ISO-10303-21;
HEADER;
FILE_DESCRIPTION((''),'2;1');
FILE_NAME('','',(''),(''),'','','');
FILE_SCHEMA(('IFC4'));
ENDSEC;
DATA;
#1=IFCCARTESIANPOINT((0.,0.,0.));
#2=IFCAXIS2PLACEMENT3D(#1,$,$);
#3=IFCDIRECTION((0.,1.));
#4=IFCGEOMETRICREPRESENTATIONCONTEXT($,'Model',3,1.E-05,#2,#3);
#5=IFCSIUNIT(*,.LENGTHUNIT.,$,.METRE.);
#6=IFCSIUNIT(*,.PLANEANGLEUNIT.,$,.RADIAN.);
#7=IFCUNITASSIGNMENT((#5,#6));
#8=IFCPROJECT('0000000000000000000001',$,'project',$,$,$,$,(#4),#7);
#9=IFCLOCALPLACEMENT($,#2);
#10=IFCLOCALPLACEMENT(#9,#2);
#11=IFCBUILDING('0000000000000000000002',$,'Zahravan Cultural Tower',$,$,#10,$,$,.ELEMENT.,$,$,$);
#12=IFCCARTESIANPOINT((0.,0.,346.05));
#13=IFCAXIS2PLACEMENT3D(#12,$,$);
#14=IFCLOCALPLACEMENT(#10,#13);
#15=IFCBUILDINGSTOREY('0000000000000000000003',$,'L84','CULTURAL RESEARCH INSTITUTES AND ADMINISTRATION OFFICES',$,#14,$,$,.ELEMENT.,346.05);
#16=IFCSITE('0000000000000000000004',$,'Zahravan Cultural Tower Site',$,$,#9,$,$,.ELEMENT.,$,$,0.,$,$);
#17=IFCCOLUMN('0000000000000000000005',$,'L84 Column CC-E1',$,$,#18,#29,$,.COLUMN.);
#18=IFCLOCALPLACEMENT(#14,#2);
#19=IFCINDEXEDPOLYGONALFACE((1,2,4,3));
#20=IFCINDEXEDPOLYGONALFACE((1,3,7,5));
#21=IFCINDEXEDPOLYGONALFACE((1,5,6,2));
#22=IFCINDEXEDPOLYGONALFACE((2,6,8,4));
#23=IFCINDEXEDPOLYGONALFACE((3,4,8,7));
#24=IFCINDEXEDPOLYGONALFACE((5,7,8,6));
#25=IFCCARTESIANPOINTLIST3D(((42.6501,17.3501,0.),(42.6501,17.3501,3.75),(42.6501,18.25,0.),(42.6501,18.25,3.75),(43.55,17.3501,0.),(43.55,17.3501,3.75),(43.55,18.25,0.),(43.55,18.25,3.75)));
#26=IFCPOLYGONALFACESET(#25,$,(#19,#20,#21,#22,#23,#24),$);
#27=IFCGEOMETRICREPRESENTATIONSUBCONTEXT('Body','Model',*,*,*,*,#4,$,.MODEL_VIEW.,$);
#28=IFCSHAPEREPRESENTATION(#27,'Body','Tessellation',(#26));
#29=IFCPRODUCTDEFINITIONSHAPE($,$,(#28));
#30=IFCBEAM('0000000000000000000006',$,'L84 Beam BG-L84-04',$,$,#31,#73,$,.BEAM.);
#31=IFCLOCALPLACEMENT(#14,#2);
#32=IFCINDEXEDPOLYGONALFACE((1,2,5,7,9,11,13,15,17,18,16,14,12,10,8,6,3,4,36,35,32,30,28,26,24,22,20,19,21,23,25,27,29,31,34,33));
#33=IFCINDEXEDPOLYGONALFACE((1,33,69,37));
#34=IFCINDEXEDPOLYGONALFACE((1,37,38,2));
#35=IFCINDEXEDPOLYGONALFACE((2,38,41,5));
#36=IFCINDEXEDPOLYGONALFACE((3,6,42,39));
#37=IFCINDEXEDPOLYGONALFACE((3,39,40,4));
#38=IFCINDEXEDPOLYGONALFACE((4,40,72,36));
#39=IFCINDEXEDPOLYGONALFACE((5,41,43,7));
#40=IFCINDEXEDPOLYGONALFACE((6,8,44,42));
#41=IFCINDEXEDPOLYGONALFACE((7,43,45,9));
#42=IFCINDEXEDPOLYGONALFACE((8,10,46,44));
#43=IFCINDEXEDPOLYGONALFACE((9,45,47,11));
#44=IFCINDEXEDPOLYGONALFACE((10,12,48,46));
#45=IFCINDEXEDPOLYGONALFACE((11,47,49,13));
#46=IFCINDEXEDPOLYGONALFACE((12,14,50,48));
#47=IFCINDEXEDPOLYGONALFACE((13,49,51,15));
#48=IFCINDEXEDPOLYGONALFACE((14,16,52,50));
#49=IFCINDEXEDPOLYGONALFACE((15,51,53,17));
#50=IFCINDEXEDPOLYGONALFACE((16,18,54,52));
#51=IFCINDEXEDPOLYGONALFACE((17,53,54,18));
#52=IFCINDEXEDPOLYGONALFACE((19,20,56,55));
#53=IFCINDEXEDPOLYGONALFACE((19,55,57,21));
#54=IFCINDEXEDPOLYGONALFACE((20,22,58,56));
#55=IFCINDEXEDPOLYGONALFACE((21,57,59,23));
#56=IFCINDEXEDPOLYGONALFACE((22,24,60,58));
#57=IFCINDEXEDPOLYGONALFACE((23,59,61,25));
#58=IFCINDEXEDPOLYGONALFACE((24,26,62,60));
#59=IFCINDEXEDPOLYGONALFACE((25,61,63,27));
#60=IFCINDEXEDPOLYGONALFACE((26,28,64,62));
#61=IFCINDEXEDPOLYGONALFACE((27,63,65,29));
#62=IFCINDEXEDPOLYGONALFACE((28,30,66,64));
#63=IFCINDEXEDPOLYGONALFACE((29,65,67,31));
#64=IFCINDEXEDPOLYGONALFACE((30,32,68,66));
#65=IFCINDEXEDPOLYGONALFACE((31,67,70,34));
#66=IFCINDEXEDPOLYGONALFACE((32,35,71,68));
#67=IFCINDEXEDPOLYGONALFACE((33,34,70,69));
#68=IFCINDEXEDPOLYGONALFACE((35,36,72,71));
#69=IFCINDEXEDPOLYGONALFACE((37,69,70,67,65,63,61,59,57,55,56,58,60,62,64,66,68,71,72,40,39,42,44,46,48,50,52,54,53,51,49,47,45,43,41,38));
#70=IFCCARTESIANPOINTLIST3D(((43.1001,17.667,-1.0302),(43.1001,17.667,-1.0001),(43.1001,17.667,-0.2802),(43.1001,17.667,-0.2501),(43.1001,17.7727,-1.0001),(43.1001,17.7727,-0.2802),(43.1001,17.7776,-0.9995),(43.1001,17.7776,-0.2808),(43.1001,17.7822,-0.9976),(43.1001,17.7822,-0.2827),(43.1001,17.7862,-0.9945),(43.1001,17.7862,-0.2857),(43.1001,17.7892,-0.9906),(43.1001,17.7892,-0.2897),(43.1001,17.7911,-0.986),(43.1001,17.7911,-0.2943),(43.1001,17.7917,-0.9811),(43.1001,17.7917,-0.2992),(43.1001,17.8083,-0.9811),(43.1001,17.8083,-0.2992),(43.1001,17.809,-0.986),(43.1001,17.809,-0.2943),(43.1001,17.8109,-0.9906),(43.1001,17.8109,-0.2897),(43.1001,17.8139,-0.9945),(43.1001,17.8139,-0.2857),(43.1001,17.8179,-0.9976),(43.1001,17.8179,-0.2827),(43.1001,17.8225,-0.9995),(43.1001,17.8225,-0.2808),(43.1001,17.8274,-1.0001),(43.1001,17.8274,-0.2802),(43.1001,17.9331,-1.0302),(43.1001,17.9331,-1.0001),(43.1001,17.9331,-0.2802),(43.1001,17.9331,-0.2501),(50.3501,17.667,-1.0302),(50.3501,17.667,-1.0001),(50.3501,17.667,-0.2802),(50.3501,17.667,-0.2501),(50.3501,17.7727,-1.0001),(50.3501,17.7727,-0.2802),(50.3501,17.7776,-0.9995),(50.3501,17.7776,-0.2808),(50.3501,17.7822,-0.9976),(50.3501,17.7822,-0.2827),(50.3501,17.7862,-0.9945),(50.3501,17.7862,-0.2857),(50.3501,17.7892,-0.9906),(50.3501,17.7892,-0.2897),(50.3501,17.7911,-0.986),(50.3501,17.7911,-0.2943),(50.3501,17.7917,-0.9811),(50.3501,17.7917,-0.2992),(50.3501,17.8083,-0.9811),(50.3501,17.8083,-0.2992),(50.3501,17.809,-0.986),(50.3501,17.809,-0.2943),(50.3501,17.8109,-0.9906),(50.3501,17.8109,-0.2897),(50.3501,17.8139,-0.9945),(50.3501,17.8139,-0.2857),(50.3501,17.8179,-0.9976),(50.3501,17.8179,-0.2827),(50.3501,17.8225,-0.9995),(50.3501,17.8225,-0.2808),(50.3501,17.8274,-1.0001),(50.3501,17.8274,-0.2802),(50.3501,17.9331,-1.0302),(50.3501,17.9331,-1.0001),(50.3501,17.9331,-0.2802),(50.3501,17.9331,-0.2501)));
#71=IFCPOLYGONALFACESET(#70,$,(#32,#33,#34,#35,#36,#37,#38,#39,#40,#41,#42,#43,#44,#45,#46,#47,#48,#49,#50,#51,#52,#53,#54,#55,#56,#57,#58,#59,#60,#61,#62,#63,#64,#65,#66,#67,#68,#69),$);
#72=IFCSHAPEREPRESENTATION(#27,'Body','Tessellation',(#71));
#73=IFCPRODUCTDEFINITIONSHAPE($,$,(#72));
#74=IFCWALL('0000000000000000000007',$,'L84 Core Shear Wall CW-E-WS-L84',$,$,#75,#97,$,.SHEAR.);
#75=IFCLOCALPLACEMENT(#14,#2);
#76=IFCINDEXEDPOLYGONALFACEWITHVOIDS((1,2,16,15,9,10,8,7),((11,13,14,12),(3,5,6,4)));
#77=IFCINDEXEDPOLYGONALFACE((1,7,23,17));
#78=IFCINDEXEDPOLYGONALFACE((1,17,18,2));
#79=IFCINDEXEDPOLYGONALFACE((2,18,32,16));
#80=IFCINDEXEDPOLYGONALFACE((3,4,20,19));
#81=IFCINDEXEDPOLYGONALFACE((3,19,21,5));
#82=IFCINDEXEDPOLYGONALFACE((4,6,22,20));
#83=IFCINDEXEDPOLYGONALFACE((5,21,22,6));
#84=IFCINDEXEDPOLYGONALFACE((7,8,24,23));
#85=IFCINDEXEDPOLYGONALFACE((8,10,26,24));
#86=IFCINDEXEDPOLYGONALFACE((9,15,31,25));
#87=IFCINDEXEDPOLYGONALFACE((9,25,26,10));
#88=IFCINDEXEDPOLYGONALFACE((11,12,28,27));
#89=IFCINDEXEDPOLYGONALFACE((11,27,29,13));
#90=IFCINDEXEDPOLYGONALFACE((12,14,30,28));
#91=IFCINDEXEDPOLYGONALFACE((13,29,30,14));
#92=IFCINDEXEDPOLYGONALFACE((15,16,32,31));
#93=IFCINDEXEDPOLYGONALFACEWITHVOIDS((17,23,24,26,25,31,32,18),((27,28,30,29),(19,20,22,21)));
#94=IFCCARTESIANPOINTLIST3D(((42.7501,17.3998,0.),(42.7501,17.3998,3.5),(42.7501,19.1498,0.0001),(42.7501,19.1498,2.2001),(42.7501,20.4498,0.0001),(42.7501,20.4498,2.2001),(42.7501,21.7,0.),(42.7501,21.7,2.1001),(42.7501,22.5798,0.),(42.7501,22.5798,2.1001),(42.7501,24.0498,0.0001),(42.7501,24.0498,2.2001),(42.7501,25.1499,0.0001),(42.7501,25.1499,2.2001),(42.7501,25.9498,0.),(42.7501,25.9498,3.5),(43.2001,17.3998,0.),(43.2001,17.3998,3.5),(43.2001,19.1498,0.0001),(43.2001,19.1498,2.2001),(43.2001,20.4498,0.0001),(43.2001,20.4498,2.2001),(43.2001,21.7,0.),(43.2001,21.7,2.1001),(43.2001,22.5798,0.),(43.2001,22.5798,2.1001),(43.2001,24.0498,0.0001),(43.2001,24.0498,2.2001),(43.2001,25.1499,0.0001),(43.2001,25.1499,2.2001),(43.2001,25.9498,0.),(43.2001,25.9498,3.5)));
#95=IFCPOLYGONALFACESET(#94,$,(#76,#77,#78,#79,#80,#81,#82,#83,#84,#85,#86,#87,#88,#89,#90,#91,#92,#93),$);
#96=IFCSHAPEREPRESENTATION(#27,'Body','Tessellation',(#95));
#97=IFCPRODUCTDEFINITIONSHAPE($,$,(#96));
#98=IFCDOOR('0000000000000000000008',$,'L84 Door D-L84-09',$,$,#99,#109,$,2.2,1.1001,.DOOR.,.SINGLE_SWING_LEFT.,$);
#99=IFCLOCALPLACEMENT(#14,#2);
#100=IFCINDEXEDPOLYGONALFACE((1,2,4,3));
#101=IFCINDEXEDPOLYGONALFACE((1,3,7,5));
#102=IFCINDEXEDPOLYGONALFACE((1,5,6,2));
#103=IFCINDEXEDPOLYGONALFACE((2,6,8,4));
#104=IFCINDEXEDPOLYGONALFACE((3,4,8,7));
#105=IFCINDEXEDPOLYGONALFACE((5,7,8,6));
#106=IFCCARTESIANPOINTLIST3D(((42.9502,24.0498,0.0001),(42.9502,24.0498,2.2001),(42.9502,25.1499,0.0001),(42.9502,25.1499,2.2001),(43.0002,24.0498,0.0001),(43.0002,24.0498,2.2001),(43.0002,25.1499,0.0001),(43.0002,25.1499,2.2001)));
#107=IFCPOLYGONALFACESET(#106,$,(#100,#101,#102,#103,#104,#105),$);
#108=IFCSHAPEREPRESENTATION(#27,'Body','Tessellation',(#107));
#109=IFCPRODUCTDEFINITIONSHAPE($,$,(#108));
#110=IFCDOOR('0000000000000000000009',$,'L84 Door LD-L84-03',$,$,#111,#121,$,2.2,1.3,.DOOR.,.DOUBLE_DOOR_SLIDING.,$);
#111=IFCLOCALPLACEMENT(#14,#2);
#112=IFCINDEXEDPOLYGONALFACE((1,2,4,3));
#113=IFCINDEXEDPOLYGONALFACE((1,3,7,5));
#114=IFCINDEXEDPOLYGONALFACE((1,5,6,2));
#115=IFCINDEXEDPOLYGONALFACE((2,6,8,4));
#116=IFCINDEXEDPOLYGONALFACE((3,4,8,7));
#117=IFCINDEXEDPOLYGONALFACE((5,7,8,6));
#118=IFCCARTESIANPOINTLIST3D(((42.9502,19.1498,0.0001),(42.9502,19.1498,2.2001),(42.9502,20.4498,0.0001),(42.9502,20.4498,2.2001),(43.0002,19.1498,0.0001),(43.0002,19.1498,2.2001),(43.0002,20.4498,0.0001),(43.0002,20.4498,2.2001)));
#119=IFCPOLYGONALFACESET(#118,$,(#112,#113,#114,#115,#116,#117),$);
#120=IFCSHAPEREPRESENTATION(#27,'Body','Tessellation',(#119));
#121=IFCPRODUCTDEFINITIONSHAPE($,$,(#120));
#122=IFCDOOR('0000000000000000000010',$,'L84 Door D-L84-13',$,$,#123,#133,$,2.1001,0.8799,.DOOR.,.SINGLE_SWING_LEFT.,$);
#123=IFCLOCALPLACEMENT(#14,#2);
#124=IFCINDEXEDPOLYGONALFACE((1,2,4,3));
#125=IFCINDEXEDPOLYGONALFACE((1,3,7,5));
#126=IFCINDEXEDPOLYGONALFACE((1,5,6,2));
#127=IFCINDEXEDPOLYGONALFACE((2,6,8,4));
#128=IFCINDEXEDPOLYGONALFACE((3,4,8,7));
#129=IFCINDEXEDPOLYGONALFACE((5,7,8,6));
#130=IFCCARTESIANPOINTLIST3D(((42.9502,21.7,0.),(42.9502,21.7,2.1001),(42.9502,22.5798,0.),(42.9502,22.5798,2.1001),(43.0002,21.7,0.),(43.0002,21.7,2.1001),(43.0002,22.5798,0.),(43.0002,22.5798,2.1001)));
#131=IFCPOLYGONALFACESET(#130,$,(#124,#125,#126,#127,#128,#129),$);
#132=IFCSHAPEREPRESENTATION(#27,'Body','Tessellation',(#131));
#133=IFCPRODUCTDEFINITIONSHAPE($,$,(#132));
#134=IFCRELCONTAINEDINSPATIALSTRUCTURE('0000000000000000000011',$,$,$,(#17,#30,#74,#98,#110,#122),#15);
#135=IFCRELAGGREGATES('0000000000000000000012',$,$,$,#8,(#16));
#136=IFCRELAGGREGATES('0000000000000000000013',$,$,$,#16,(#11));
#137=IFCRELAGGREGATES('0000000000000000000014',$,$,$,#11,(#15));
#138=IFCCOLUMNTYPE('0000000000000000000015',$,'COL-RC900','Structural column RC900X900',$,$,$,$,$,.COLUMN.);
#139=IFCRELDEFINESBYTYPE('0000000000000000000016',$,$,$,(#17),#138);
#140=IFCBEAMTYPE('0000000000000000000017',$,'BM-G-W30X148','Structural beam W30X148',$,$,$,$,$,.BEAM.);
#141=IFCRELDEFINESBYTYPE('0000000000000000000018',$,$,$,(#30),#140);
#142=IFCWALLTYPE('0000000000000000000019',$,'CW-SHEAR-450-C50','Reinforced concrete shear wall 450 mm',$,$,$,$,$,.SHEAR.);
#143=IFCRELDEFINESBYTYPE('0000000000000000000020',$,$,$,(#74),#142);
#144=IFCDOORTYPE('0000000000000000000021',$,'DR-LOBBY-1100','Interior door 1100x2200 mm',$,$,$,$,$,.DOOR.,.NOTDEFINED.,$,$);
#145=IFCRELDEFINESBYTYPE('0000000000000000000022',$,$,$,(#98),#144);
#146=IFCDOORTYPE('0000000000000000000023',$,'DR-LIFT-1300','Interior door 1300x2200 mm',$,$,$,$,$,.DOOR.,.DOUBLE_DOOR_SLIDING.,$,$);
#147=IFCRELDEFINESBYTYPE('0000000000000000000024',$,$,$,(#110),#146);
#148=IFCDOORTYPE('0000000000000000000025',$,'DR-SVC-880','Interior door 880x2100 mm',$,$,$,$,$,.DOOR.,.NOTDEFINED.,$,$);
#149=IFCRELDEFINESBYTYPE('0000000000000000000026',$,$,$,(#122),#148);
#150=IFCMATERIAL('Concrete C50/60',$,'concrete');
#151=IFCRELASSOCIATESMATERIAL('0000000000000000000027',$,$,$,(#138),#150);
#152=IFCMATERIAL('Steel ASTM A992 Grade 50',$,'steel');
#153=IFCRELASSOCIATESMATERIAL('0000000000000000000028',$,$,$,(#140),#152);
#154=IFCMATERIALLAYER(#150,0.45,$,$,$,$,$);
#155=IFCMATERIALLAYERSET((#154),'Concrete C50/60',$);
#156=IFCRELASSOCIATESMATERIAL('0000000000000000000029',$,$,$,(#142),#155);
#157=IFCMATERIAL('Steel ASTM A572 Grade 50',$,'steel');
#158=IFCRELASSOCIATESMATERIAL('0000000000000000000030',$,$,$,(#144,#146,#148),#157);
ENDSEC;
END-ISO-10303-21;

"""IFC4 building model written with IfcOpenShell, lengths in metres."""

from ifc_helpers import new_model, si_unit, direction, frame, frame_2d, origin, origin_2d, place, context, subcontext, project, spatial, rectangle, i_section, extrude, source, transform, mapped, material, layer, layer_set, material_profile, profile_set, type_object, element, fill, save


model = new_model("IFC4")

# Units and contexts
model_context = context("Model", 3, precision=1e-05, world=origin(), true_north=direction((0.0, 1.0)))
body_context = subcontext(model_context, "Body", "Model", "MODEL_VIEW")
ifc_project = project(units=[si_unit("LENGTHUNIT", "METRE"), si_unit("PLANEANGLEUNIT", "RADIAN")], contexts=[model_context])

# Site, building, storey
site_placement = place(None, origin())
site = spatial("IfcSite", under=ifc_project, at=site_placement, Name="Zahravan Cultural Tower Site", CompositionType="ELEMENT", RefElevation=0.0)
building_placement = place(site_placement, origin())
building = spatial("IfcBuilding", under=site, at=building_placement, Name="Zahravan Cultural Tower", CompositionType="ELEMENT")
storey_placement = place(building_placement, frame((0.0, 0.0, 346.05)))
storey = spatial("IfcBuildingStorey", under=building, at=storey_placement, Name="L84", Description="CULTURAL RESEARCH INSTITUTES AND ADMINISTRATION OFFICES", CompositionType="ELEMENT", Elevation=346.05)

# Column
ifc_material_1 = material(Name="Concrete C50/60", Category="concrete")
ifc_material_profile_1 = material_profile(ifc_material_1, rectangle(XDim=0.8999, YDim=0.8999, at=origin_2d()), Name="RC900X900")
ifc_profile_set_1 = profile_set([ifc_material_profile_1], Name="Concrete C50/60")
column_type = type_object("IfcColumnType", Name="COL-RC900", Description="Structural column RC900X900", PredefinedType="COLUMN", material=ifc_profile_set_1)
shared_shape_1 = source(origin(), body_context, "Body", "SweptSolid", [
    extrude(rectangle(XDim=0.8999, YDim=0.8999, at=origin_2d()), origin(), (0.0, 0.0, 1.0), 3.75),
])
column_placement = place(storey_placement, frame((43.1001, 17.8, 0.0), z_axis=(0.0, 0.0, 1.0), x_axis=(1.0, 0.0, 0.0)))
element("IfcColumn", 1, at=column_placement, inside=storey, type_object=column_type, Name="L84 Column CC-E1", PredefinedType="COLUMN", context=body_context, shape_type="MappedRepresentation", body=[
    mapped(shared_shape_1, transform((0.0, 0.0, 0.0), x_axis=(1.0, 0.0, 0.0), y_axis=(0.0, 1.0, 0.0), z_axis=(0.0, 0.0, 1.0), scale=1.0)),
])

# Beam
ifc_material_2 = material(Name="Steel ASTM A992 Grade 50", Category="steel")
ifc_material_profile_2 = material_profile(ifc_material_2, i_section(OverallWidth=0.2661, OverallDepth=0.78, WebThickness=0.0166, FlangeThickness=0.03, FilletRadius=0.019, at=origin_2d()), Name="W30X148")
ifc_profile_set_2 = profile_set([ifc_material_profile_2], Name="Steel ASTM A992 Grade 50")
beam_type = type_object("IfcBeamType", Name="BM-G-W30X148", Description="Structural beam W30X148", PredefinedType="BEAM", material=ifc_profile_set_2)
shared_shape_2 = source(origin(), body_context, "Body", "SweptSolid", [
    extrude(i_section(OverallWidth=0.2661, OverallDepth=0.78, WebThickness=0.0166, FlangeThickness=0.03, FilletRadius=0.019, at=origin_2d()), origin(), (0.0, 0.0, 1.0), 7.25),
])
beam_placement = place(storey_placement, frame((43.1001, 17.8, -0.6401), z_axis=(1.0, 0.0, 0.0), x_axis=(0.0, 1.0, 0.0)))
element("IfcBeam", 2, at=beam_placement, inside=storey, type_object=beam_type, Name="L84 Beam BG-L84-04", PredefinedType="BEAM", context=body_context, shape_type="MappedRepresentation", body=[
    mapped(shared_shape_2, transform((0.0, 0.0, 0.0), x_axis=(1.0, 0.0, 0.0), y_axis=(0.0, 1.0, 0.0), z_axis=(0.0, 0.0, 1.0), scale=1.0)),
])

# Wall, openings, doors
ifc_layer_1 = layer(ifc_material_1, 0.45)
ifc_layer_set_1 = layer_set([ifc_layer_1], Name="Concrete C50/60")
wall_type_1 = type_object("IfcWallType", Name="CW-SHEAR-450-C50", Description="Reinforced concrete shear wall 450 mm", PredefinedType="SHEAR", material=ifc_layer_set_1)
wall_1_placement = place(storey_placement, frame((42.9751, 17.3999, 0.0), z_axis=(0.0, 0.0, 1.0), x_axis=(0.0, 1.0, 0.0)))
wall_1 = element("IfcWall", 3, at=wall_1_placement, inside=storey, type_object=wall_type_1, Name="L84 Core Shear Wall CW-E-WS-L84", PredefinedType="SHEAR", context=body_context, shape_type="SweptSolid", body=[
    extrude(rectangle(XDim=8.55, YDim=0.45, at=frame_2d((4.2749, 0.0))), origin(), (0.0, 0.0, 1.0), 3.5),
])
opening_1_placement = place(wall_1_placement, frame((6.6499, 0.0, 0.0)))
opening_1 = element("IfcOpeningElement", 4, at=opening_1_placement, cuts=wall_1, PredefinedType="OPENING", context=body_context, shape_type="SweptSolid", body=[
    extrude(rectangle(XDim=1.1001, YDim=2.2, at=frame_2d((0.55, 1.1001))), frame((0.0, 0.2349, 0.0), z_axis=(0.0, -1.0, 0.0), x_axis=(1.0, 0.0, 0.0)), (0.0, 0.0, 1.0), 0.47),
])
opening_2_placement = place(wall_1_placement, frame((1.75, 0.0, 0.0)))
opening_2 = element("IfcOpeningElement", 5, at=opening_2_placement, cuts=wall_1, PredefinedType="OPENING", context=body_context, shape_type="SweptSolid", body=[
    extrude(rectangle(XDim=1.3, YDim=2.2, at=frame_2d((0.6499, 1.1001))), frame((0.0, 0.2349, 0.0), z_axis=(0.0, -1.0, 0.0), x_axis=(1.0, 0.0, 0.0)), (0.0, 0.0, 1.0), 0.47),
])
opening_3_placement = place(wall_1_placement, frame((4.3, 0.0, 0.0)))
opening_3 = element("IfcOpeningElement", 6, at=opening_3_placement, cuts=wall_1, PredefinedType="OPENING", context=body_context, shape_type="SweptSolid", body=[
    extrude(rectangle(XDim=0.8799, YDim=2.1001, at=frame_2d((0.4399, 1.05))), frame((0.0, 0.2349, 0.0), z_axis=(0.0, -1.0, 0.0), x_axis=(1.0, 0.0, 0.0)), (0.0, 0.0, 1.0), 0.47),
])
ifc_material_3 = material(Name="Steel ASTM A572 Grade 50", Category="steel")
door_type_1 = type_object("IfcDoorType", Name="DR-LOBBY-1100", Description="Interior door 1100x2200 mm", OperationType="NOTDEFINED", PredefinedType="DOOR", material=ifc_material_3)
shared_shape_3 = source(origin(), body_context, "Body", "SweptSolid", [
    extrude(rectangle(XDim=1.1001, YDim=2.2, at=frame_2d((0.55, 1.1001))), frame((0.0, 0.0249, 0.0), z_axis=(0.0, -1.0, 0.0), x_axis=(1.0, 0.0, 0.0)), (0.0, 0.0, 1.0), 0.05),
])
door_1_placement = place(opening_1_placement, origin())
door_1 = element("IfcDoor", 7, at=door_1_placement, inside=storey, type_object=door_type_1, Name="L84 Door D-L84-09", OperationType="SINGLE_SWING_LEFT", OverallHeight=2.2, OverallWidth=1.1001, PredefinedType="DOOR", context=body_context, shape_type="MappedRepresentation", body=[
    mapped(shared_shape_3, transform((0.0, 0.0, 0.0), x_axis=(1.0, 0.0, 0.0), y_axis=(0.0, 1.0, 0.0), z_axis=(0.0, 0.0, 1.0), scale=1.0)),
])
fill(opening_1, door_1)
door_type_2 = type_object("IfcDoorType", Name="DR-LIFT-1300", Description="Interior door 1300x2200 mm", OperationType="DOUBLE_DOOR_SLIDING", PredefinedType="DOOR", material=ifc_material_3)
shared_shape_4 = source(origin(), body_context, "Body", "SweptSolid", [
    extrude(rectangle(XDim=1.3, YDim=2.2, at=frame_2d((0.6499, 1.1001))), frame((0.0, 0.0249, 0.0), z_axis=(0.0, -1.0, 0.0), x_axis=(1.0, 0.0, 0.0)), (0.0, 0.0, 1.0), 0.05),
])
door_2_placement = place(opening_2_placement, origin())
door_2 = element("IfcDoor", 8, at=door_2_placement, inside=storey, type_object=door_type_2, Name="L84 Door LD-L84-03", OperationType="DOUBLE_DOOR_SLIDING", OverallHeight=2.2, OverallWidth=1.3, PredefinedType="DOOR", context=body_context, shape_type="MappedRepresentation", body=[
    mapped(shared_shape_4, transform((0.0, 0.0, 0.0), x_axis=(1.0, 0.0, 0.0), y_axis=(0.0, 1.0, 0.0), z_axis=(0.0, 0.0, 1.0), scale=1.0)),
])
fill(opening_2, door_2)
door_type_3 = type_object("IfcDoorType", Name="DR-SVC-880", Description="Interior door 880x2100 mm", OperationType="NOTDEFINED", PredefinedType="DOOR", material=ifc_material_3)
shared_shape_5 = source(origin(), body_context, "Body", "SweptSolid", [
    extrude(rectangle(XDim=0.8799, YDim=2.1001, at=frame_2d((0.4399, 1.05))), frame((0.0, 0.0249, 0.0), z_axis=(0.0, -1.0, 0.0), x_axis=(1.0, 0.0, 0.0)), (0.0, 0.0, 1.0), 0.05),
])
door_3_placement = place(opening_3_placement, origin())
door_3 = element("IfcDoor", 9, at=door_3_placement, inside=storey, type_object=door_type_3, Name="L84 Door D-L84-13", OperationType="SINGLE_SWING_LEFT", OverallHeight=2.1001, OverallWidth=0.8799, PredefinedType="DOOR", context=body_context, shape_type="MappedRepresentation", body=[
    mapped(shared_shape_5, transform((0.0, 0.0, 0.0), x_axis=(1.0, 0.0, 0.0), y_axis=(0.0, 1.0, 0.0), z_axis=(0.0, 0.0, 1.0), scale=1.0)),
])
fill(opening_3, door_3)

save(model, "model.ifc")
